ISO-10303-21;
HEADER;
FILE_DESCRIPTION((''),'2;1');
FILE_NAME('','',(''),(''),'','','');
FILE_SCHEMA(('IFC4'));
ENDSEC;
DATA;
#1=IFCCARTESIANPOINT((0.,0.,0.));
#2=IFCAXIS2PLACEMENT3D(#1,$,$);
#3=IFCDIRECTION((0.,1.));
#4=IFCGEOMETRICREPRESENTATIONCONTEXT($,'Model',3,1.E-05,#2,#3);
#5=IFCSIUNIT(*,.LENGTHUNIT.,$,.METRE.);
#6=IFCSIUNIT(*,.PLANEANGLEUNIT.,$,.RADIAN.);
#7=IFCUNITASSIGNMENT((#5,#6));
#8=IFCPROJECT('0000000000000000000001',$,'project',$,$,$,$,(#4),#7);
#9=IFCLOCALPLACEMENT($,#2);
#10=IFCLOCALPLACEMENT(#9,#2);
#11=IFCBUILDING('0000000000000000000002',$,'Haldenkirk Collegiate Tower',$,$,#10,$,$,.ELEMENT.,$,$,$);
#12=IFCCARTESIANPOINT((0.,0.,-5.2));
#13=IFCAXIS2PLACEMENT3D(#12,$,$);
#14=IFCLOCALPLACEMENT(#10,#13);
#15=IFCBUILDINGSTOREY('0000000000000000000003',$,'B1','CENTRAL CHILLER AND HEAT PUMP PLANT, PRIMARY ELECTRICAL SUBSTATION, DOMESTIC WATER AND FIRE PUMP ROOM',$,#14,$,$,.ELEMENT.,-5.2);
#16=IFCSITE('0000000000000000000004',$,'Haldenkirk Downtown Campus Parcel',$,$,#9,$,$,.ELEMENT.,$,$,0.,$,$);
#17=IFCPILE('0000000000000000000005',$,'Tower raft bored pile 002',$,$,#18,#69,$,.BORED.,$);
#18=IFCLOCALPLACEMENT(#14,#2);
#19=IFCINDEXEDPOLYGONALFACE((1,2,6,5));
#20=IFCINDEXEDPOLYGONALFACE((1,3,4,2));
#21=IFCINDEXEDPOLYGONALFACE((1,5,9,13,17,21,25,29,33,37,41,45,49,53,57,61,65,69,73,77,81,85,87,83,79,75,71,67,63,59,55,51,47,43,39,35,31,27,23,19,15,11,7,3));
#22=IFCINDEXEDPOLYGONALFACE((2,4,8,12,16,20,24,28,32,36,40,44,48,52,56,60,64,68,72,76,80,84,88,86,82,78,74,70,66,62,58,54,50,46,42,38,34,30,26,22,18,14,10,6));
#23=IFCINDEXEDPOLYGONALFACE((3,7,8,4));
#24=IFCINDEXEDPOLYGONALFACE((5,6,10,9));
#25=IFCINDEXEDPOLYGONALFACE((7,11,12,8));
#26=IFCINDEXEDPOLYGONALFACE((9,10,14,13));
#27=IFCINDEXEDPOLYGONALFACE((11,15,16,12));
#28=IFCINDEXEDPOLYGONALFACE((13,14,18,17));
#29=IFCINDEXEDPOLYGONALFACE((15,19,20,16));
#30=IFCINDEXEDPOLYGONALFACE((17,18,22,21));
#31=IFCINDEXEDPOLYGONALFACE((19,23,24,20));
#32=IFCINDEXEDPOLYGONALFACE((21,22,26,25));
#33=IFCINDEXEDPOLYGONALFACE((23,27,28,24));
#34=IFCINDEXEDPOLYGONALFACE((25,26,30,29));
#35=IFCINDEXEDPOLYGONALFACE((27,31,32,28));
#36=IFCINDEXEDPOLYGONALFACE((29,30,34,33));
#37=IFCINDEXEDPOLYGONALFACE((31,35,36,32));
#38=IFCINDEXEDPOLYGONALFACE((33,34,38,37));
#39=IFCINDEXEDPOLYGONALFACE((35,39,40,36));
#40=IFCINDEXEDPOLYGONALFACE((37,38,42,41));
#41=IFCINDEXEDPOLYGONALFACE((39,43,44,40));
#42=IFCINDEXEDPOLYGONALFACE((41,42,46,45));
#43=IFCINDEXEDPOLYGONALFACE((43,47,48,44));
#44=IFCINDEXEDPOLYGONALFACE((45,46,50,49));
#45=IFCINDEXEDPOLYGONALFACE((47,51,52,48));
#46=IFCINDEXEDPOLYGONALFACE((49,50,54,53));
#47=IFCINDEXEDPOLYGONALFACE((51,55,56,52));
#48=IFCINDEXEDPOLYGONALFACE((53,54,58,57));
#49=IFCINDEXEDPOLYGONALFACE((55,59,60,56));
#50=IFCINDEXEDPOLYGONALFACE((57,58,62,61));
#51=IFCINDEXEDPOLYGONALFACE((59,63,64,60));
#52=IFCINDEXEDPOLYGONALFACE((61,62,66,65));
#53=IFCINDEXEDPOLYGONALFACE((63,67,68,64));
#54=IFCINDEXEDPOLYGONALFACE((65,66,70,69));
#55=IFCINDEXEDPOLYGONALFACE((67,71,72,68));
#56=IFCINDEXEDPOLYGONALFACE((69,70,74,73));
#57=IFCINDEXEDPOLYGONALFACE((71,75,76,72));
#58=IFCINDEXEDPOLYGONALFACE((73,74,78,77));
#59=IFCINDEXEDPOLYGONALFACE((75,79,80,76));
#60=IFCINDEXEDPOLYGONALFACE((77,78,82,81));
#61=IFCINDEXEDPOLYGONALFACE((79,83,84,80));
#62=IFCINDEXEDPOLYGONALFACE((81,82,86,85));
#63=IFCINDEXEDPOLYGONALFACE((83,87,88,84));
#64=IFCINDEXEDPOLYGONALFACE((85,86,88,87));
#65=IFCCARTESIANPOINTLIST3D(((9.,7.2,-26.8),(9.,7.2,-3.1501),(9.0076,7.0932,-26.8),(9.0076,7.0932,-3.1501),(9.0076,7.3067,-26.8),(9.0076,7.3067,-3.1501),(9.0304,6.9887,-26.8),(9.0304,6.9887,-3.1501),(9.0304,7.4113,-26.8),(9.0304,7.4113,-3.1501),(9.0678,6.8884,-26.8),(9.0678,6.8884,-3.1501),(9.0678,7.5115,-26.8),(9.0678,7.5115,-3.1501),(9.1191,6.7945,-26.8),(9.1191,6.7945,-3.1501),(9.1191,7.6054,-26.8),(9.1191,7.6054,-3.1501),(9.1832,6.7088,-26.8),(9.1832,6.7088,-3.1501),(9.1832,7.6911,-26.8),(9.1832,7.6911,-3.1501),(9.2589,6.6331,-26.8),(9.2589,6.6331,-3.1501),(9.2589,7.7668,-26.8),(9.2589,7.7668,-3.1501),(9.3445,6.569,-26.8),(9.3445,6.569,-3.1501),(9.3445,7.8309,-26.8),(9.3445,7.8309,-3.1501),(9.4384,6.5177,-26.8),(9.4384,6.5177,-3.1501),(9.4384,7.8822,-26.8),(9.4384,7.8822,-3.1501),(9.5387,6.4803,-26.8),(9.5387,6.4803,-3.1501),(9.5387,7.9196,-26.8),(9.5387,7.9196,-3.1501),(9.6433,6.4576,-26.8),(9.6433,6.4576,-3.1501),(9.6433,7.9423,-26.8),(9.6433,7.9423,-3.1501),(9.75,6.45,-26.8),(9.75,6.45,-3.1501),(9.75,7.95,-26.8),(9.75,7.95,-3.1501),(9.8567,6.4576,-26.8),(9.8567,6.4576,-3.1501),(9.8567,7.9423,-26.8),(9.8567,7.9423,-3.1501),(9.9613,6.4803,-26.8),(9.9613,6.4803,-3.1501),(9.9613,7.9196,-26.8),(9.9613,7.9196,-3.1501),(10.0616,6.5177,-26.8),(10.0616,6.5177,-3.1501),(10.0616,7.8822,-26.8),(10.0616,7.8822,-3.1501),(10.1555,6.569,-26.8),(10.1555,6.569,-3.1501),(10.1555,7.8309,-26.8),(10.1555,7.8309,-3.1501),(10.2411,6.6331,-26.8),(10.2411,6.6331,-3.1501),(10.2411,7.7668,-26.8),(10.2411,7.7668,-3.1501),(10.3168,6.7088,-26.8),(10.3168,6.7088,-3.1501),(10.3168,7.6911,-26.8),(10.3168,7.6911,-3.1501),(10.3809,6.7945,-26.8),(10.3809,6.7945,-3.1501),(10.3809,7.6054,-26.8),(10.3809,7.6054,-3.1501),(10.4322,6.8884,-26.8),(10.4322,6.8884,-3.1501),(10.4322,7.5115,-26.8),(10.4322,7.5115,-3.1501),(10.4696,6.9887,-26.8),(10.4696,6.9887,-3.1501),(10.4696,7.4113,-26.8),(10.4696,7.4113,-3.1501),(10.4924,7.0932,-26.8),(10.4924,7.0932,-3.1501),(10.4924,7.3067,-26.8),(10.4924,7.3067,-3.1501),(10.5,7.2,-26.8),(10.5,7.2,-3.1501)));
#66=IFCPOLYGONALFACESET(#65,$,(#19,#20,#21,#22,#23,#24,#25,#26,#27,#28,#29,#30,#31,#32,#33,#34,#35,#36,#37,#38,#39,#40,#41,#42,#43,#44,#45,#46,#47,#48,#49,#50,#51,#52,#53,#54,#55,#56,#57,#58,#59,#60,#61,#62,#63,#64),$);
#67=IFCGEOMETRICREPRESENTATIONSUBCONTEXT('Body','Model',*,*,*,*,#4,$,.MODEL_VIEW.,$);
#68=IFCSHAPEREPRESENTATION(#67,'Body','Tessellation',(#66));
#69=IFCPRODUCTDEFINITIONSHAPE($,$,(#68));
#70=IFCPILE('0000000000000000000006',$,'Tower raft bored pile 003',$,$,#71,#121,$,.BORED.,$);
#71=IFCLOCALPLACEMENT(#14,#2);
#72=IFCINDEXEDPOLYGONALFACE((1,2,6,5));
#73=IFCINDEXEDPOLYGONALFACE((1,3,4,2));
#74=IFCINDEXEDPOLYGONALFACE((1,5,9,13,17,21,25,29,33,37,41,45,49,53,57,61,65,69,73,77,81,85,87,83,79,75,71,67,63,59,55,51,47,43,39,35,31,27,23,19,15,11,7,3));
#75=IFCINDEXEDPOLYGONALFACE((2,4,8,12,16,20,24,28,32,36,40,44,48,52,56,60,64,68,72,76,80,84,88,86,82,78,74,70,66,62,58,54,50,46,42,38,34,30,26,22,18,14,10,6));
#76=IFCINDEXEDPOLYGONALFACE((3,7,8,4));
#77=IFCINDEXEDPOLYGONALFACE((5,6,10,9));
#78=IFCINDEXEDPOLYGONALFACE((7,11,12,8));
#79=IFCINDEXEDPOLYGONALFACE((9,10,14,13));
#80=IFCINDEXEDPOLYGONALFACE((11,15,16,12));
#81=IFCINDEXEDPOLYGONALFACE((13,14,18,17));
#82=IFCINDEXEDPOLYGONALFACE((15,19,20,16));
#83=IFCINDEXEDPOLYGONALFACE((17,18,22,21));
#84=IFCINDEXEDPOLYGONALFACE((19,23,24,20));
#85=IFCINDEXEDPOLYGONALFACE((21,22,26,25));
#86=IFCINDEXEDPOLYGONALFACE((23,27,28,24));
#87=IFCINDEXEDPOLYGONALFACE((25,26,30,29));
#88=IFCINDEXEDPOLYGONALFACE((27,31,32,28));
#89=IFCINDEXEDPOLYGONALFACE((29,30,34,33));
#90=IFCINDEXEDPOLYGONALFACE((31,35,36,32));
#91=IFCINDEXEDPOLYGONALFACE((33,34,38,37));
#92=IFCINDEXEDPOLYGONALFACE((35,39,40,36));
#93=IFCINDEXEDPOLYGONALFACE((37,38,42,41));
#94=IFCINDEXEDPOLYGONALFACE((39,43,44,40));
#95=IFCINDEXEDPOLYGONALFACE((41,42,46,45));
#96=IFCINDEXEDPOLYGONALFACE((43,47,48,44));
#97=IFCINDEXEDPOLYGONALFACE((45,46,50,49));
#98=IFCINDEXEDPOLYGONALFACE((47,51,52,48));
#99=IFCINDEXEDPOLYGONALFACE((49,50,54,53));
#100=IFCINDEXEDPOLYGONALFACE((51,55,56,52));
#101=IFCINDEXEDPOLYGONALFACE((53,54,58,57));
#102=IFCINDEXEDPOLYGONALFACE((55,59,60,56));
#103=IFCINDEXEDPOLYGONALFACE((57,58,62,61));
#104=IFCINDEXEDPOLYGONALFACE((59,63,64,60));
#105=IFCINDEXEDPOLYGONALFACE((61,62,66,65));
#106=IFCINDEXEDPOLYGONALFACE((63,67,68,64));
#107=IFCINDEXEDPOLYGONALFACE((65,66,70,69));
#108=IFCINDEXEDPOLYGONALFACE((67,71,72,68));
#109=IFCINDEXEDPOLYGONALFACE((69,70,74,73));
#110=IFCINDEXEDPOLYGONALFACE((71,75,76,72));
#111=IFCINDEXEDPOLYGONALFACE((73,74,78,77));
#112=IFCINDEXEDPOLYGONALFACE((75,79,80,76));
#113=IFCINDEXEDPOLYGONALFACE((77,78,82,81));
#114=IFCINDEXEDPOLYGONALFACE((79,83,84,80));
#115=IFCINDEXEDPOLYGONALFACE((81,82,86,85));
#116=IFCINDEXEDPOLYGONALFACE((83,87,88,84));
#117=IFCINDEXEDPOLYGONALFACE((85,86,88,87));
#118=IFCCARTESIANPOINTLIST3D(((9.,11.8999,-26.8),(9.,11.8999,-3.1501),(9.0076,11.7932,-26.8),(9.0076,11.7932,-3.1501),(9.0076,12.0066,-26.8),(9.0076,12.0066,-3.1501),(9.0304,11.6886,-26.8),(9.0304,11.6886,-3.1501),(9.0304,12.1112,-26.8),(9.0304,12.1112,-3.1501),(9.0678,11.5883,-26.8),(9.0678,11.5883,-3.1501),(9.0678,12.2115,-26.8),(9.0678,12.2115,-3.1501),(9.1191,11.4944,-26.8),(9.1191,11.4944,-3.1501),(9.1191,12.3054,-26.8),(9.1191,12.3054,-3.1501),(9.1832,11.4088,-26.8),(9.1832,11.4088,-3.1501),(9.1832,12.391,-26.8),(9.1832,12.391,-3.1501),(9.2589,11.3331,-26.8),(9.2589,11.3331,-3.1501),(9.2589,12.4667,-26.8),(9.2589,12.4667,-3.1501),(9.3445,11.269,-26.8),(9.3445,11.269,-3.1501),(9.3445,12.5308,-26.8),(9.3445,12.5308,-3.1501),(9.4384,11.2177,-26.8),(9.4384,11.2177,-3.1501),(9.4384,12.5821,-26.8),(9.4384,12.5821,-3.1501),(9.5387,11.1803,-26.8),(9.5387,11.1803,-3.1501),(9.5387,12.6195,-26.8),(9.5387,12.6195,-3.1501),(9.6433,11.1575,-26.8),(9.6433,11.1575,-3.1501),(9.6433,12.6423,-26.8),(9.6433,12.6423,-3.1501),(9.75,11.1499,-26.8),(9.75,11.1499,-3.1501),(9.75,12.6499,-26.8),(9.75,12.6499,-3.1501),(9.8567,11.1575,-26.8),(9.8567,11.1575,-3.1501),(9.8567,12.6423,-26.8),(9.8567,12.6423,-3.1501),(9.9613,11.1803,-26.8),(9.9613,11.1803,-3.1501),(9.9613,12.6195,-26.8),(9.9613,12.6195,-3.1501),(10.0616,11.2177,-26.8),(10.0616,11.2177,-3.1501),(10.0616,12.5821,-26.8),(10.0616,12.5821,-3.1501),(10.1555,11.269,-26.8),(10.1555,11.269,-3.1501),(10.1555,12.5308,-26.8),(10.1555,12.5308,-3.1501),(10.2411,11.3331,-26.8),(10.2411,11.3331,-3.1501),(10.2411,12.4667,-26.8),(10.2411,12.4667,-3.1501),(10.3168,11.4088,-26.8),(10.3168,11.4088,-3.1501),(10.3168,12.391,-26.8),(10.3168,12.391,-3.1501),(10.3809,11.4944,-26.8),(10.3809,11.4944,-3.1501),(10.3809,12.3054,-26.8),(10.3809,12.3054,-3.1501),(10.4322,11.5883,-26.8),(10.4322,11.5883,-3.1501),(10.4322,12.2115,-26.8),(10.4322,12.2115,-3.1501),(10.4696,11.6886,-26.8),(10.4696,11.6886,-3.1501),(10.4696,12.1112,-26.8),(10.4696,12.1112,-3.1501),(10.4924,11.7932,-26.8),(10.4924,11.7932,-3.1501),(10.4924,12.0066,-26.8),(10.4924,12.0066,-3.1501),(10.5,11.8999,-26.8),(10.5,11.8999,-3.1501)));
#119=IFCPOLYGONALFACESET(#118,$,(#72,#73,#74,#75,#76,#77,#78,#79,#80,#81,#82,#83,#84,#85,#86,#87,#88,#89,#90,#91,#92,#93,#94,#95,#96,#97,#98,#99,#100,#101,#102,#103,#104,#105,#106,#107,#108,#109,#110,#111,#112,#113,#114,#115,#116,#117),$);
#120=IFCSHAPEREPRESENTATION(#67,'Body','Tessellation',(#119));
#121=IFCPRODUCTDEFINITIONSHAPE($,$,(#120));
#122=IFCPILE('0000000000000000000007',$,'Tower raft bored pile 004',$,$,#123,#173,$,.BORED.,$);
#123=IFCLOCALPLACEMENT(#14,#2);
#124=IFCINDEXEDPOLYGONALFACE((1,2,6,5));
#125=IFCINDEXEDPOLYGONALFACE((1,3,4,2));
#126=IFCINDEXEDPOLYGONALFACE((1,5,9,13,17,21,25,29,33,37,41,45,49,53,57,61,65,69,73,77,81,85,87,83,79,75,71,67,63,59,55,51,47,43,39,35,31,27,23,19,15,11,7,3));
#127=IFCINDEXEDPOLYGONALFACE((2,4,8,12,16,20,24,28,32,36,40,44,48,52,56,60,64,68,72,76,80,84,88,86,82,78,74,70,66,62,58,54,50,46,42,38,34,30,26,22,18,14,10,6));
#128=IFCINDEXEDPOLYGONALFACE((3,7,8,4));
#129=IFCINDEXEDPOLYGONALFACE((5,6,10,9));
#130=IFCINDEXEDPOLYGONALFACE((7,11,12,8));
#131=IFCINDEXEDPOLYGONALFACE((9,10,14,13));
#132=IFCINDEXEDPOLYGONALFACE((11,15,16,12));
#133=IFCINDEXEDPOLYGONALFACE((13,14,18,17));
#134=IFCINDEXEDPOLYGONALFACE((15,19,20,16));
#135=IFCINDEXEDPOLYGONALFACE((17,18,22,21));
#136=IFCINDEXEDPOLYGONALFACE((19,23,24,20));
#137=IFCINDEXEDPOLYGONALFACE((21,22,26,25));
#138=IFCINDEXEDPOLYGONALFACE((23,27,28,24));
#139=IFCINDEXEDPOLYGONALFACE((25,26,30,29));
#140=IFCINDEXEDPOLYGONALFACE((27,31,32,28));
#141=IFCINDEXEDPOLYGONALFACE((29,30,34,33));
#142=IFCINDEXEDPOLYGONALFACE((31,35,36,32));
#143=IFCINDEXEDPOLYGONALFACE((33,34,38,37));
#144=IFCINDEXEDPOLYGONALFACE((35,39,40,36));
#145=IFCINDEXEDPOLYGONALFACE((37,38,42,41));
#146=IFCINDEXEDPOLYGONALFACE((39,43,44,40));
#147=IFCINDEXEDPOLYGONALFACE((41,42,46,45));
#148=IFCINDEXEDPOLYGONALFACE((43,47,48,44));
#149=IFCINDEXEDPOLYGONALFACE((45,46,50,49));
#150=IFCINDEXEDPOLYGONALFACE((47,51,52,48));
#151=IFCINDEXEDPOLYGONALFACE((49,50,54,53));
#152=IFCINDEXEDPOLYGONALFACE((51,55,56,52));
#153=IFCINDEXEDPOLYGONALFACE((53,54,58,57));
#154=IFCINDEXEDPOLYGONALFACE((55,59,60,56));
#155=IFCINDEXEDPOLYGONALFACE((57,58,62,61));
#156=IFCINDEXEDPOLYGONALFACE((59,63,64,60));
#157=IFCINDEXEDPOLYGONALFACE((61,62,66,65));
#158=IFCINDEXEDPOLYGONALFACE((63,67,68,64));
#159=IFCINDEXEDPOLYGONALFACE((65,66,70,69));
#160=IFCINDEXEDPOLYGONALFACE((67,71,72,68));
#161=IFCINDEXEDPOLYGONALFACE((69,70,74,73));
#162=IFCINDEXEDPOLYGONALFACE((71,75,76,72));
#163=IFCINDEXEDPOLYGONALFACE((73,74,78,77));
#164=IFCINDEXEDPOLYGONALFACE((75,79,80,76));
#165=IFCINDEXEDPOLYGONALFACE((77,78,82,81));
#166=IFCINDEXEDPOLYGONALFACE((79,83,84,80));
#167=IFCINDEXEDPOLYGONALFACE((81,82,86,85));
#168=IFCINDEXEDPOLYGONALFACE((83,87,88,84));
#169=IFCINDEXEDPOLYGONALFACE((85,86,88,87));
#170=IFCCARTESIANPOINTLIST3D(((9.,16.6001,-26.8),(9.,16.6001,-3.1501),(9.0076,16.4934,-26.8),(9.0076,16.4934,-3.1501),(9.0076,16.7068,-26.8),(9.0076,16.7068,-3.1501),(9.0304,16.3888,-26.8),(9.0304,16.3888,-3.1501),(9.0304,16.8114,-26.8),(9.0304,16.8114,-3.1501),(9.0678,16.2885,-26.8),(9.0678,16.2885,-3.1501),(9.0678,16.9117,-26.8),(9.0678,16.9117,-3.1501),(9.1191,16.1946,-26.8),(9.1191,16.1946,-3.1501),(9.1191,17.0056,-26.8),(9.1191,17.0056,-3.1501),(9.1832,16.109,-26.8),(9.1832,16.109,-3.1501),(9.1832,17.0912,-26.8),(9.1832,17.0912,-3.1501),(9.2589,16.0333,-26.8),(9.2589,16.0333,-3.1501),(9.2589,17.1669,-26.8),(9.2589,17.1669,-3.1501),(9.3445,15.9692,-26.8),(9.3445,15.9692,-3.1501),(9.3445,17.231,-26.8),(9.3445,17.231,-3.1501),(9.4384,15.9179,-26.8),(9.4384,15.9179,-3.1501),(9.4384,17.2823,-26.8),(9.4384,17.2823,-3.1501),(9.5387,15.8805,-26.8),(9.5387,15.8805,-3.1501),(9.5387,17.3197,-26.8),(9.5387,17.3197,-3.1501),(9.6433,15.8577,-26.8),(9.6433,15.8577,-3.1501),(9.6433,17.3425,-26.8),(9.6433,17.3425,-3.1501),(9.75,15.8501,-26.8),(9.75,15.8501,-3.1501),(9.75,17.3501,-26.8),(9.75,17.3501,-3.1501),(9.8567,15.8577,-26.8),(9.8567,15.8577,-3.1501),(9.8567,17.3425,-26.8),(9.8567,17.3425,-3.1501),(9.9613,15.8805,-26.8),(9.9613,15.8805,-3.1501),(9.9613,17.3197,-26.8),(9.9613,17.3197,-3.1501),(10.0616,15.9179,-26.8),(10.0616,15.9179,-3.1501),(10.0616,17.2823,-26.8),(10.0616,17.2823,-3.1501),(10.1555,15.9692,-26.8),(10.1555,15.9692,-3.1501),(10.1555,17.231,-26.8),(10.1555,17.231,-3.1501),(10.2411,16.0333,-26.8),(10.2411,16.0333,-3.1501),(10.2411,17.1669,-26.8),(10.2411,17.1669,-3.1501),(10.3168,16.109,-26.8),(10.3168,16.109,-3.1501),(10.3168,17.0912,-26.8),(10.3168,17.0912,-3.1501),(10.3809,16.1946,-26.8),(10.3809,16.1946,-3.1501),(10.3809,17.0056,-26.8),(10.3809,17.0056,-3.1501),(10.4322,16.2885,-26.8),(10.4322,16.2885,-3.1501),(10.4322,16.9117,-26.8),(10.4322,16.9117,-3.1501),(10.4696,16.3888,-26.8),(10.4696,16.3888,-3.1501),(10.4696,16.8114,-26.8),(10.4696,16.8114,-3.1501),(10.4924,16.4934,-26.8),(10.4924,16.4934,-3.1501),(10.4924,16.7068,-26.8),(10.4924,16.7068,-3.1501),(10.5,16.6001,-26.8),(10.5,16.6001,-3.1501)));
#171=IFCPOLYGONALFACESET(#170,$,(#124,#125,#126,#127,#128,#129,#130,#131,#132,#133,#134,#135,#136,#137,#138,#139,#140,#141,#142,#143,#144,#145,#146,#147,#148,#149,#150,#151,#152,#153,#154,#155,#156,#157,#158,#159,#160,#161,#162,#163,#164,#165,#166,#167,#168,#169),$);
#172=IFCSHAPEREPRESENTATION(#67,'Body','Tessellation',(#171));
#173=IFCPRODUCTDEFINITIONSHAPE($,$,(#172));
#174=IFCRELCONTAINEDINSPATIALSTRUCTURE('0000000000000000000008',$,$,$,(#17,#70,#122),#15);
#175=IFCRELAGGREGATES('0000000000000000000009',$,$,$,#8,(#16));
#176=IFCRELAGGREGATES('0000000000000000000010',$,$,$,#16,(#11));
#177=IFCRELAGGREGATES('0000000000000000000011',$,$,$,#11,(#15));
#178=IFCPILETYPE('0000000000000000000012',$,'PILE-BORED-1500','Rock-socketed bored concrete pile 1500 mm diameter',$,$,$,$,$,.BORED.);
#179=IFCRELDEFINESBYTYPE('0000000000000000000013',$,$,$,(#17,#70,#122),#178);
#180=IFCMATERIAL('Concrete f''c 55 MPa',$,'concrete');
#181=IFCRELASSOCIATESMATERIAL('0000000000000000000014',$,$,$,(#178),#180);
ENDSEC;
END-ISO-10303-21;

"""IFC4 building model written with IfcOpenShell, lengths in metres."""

from ifc_helpers import new_model, si_unit, direction, frame, origin, origin_2d, place, context, subcontext, project, spatial, circle, extrude, material, material_profile, profile_set, type_object, element, save


model = new_model("IFC4")

# Units and contexts
model_context = context("Model", 3, precision=1e-05, world=origin(), true_north=direction((0.0, 1.0)))
body_context = subcontext(model_context, "Body", "Model", "MODEL_VIEW")
ifc_project = project(units=[si_unit("LENGTHUNIT", "METRE"), si_unit("PLANEANGLEUNIT", "RADIAN")], contexts=[model_context])

# Site, building, storey
site_placement = place(None, origin())
site = spatial("IfcSite", under=ifc_project, at=site_placement, Name="Haldenkirk Downtown Campus Parcel", CompositionType="ELEMENT", RefElevation=0.0)
building_placement = place(site_placement, origin())
building = spatial("IfcBuilding", under=site, at=building_placement, Name="Haldenkirk Collegiate Tower", CompositionType="ELEMENT")
storey_placement = place(building_placement, frame((0.0, 0.0, -5.2)))
storey = spatial("IfcBuildingStorey", under=building, at=storey_placement, Name="B1", Description="CENTRAL CHILLER AND HEAT PUMP PLANT, PRIMARY ELECTRICAL SUBSTATION, DOMESTIC WATER AND FIRE PUMP ROOM", CompositionType="ELEMENT", Elevation=-5.2)

# Shared definitions
ifc_material_1 = material(Name="Concrete f'c 55 MPa", Category="concrete")

# Piles
ifc_material_profile_1 = material_profile(ifc_material_1, circle(Radius=0.75, at=origin_2d()), Name="PILE1500")
ifc_profile_set_1 = profile_set([ifc_material_profile_1], Name="Concrete f'c 55 MPa")
pile_type_1 = type_object("IfcPileType", Name="PILE-BORED-1500", Description="Rock-socketed bored concrete pile 1500 mm diameter", PredefinedType="BORED", material=ifc_profile_set_1)
for number, where, z_axis, x_axis, name in (
    (1, (9.75, 7.2, -3.1501), (0.0, 0.0, -1.0), (1.0, 0.0, 0.0), "Tower raft bored pile 002"),
    (2, (9.75, 11.8999, -3.1501), (0.0, 0.0, -1.0), (1.0, 0.0, 0.0), "Tower raft bored pile 003"),
    (3, (9.75, 16.6001, -3.1501), (0.0, 0.0, -1.0), (1.0, 0.0, 0.0), "Tower raft bored pile 004"),
):
    element("IfcPile", number, at=place(storey_placement, frame(where, z_axis=z_axis, x_axis=x_axis)), inside=storey, type_object=pile_type_1, Name=name, PredefinedType="BORED", context=body_context, shape_type="SweptSolid", body=[
        extrude(circle(Radius=0.75, at=origin_2d()), origin(), (0.0, 0.0, 1.0), 23.6499),
    ])

save(model, "model.ifc")
